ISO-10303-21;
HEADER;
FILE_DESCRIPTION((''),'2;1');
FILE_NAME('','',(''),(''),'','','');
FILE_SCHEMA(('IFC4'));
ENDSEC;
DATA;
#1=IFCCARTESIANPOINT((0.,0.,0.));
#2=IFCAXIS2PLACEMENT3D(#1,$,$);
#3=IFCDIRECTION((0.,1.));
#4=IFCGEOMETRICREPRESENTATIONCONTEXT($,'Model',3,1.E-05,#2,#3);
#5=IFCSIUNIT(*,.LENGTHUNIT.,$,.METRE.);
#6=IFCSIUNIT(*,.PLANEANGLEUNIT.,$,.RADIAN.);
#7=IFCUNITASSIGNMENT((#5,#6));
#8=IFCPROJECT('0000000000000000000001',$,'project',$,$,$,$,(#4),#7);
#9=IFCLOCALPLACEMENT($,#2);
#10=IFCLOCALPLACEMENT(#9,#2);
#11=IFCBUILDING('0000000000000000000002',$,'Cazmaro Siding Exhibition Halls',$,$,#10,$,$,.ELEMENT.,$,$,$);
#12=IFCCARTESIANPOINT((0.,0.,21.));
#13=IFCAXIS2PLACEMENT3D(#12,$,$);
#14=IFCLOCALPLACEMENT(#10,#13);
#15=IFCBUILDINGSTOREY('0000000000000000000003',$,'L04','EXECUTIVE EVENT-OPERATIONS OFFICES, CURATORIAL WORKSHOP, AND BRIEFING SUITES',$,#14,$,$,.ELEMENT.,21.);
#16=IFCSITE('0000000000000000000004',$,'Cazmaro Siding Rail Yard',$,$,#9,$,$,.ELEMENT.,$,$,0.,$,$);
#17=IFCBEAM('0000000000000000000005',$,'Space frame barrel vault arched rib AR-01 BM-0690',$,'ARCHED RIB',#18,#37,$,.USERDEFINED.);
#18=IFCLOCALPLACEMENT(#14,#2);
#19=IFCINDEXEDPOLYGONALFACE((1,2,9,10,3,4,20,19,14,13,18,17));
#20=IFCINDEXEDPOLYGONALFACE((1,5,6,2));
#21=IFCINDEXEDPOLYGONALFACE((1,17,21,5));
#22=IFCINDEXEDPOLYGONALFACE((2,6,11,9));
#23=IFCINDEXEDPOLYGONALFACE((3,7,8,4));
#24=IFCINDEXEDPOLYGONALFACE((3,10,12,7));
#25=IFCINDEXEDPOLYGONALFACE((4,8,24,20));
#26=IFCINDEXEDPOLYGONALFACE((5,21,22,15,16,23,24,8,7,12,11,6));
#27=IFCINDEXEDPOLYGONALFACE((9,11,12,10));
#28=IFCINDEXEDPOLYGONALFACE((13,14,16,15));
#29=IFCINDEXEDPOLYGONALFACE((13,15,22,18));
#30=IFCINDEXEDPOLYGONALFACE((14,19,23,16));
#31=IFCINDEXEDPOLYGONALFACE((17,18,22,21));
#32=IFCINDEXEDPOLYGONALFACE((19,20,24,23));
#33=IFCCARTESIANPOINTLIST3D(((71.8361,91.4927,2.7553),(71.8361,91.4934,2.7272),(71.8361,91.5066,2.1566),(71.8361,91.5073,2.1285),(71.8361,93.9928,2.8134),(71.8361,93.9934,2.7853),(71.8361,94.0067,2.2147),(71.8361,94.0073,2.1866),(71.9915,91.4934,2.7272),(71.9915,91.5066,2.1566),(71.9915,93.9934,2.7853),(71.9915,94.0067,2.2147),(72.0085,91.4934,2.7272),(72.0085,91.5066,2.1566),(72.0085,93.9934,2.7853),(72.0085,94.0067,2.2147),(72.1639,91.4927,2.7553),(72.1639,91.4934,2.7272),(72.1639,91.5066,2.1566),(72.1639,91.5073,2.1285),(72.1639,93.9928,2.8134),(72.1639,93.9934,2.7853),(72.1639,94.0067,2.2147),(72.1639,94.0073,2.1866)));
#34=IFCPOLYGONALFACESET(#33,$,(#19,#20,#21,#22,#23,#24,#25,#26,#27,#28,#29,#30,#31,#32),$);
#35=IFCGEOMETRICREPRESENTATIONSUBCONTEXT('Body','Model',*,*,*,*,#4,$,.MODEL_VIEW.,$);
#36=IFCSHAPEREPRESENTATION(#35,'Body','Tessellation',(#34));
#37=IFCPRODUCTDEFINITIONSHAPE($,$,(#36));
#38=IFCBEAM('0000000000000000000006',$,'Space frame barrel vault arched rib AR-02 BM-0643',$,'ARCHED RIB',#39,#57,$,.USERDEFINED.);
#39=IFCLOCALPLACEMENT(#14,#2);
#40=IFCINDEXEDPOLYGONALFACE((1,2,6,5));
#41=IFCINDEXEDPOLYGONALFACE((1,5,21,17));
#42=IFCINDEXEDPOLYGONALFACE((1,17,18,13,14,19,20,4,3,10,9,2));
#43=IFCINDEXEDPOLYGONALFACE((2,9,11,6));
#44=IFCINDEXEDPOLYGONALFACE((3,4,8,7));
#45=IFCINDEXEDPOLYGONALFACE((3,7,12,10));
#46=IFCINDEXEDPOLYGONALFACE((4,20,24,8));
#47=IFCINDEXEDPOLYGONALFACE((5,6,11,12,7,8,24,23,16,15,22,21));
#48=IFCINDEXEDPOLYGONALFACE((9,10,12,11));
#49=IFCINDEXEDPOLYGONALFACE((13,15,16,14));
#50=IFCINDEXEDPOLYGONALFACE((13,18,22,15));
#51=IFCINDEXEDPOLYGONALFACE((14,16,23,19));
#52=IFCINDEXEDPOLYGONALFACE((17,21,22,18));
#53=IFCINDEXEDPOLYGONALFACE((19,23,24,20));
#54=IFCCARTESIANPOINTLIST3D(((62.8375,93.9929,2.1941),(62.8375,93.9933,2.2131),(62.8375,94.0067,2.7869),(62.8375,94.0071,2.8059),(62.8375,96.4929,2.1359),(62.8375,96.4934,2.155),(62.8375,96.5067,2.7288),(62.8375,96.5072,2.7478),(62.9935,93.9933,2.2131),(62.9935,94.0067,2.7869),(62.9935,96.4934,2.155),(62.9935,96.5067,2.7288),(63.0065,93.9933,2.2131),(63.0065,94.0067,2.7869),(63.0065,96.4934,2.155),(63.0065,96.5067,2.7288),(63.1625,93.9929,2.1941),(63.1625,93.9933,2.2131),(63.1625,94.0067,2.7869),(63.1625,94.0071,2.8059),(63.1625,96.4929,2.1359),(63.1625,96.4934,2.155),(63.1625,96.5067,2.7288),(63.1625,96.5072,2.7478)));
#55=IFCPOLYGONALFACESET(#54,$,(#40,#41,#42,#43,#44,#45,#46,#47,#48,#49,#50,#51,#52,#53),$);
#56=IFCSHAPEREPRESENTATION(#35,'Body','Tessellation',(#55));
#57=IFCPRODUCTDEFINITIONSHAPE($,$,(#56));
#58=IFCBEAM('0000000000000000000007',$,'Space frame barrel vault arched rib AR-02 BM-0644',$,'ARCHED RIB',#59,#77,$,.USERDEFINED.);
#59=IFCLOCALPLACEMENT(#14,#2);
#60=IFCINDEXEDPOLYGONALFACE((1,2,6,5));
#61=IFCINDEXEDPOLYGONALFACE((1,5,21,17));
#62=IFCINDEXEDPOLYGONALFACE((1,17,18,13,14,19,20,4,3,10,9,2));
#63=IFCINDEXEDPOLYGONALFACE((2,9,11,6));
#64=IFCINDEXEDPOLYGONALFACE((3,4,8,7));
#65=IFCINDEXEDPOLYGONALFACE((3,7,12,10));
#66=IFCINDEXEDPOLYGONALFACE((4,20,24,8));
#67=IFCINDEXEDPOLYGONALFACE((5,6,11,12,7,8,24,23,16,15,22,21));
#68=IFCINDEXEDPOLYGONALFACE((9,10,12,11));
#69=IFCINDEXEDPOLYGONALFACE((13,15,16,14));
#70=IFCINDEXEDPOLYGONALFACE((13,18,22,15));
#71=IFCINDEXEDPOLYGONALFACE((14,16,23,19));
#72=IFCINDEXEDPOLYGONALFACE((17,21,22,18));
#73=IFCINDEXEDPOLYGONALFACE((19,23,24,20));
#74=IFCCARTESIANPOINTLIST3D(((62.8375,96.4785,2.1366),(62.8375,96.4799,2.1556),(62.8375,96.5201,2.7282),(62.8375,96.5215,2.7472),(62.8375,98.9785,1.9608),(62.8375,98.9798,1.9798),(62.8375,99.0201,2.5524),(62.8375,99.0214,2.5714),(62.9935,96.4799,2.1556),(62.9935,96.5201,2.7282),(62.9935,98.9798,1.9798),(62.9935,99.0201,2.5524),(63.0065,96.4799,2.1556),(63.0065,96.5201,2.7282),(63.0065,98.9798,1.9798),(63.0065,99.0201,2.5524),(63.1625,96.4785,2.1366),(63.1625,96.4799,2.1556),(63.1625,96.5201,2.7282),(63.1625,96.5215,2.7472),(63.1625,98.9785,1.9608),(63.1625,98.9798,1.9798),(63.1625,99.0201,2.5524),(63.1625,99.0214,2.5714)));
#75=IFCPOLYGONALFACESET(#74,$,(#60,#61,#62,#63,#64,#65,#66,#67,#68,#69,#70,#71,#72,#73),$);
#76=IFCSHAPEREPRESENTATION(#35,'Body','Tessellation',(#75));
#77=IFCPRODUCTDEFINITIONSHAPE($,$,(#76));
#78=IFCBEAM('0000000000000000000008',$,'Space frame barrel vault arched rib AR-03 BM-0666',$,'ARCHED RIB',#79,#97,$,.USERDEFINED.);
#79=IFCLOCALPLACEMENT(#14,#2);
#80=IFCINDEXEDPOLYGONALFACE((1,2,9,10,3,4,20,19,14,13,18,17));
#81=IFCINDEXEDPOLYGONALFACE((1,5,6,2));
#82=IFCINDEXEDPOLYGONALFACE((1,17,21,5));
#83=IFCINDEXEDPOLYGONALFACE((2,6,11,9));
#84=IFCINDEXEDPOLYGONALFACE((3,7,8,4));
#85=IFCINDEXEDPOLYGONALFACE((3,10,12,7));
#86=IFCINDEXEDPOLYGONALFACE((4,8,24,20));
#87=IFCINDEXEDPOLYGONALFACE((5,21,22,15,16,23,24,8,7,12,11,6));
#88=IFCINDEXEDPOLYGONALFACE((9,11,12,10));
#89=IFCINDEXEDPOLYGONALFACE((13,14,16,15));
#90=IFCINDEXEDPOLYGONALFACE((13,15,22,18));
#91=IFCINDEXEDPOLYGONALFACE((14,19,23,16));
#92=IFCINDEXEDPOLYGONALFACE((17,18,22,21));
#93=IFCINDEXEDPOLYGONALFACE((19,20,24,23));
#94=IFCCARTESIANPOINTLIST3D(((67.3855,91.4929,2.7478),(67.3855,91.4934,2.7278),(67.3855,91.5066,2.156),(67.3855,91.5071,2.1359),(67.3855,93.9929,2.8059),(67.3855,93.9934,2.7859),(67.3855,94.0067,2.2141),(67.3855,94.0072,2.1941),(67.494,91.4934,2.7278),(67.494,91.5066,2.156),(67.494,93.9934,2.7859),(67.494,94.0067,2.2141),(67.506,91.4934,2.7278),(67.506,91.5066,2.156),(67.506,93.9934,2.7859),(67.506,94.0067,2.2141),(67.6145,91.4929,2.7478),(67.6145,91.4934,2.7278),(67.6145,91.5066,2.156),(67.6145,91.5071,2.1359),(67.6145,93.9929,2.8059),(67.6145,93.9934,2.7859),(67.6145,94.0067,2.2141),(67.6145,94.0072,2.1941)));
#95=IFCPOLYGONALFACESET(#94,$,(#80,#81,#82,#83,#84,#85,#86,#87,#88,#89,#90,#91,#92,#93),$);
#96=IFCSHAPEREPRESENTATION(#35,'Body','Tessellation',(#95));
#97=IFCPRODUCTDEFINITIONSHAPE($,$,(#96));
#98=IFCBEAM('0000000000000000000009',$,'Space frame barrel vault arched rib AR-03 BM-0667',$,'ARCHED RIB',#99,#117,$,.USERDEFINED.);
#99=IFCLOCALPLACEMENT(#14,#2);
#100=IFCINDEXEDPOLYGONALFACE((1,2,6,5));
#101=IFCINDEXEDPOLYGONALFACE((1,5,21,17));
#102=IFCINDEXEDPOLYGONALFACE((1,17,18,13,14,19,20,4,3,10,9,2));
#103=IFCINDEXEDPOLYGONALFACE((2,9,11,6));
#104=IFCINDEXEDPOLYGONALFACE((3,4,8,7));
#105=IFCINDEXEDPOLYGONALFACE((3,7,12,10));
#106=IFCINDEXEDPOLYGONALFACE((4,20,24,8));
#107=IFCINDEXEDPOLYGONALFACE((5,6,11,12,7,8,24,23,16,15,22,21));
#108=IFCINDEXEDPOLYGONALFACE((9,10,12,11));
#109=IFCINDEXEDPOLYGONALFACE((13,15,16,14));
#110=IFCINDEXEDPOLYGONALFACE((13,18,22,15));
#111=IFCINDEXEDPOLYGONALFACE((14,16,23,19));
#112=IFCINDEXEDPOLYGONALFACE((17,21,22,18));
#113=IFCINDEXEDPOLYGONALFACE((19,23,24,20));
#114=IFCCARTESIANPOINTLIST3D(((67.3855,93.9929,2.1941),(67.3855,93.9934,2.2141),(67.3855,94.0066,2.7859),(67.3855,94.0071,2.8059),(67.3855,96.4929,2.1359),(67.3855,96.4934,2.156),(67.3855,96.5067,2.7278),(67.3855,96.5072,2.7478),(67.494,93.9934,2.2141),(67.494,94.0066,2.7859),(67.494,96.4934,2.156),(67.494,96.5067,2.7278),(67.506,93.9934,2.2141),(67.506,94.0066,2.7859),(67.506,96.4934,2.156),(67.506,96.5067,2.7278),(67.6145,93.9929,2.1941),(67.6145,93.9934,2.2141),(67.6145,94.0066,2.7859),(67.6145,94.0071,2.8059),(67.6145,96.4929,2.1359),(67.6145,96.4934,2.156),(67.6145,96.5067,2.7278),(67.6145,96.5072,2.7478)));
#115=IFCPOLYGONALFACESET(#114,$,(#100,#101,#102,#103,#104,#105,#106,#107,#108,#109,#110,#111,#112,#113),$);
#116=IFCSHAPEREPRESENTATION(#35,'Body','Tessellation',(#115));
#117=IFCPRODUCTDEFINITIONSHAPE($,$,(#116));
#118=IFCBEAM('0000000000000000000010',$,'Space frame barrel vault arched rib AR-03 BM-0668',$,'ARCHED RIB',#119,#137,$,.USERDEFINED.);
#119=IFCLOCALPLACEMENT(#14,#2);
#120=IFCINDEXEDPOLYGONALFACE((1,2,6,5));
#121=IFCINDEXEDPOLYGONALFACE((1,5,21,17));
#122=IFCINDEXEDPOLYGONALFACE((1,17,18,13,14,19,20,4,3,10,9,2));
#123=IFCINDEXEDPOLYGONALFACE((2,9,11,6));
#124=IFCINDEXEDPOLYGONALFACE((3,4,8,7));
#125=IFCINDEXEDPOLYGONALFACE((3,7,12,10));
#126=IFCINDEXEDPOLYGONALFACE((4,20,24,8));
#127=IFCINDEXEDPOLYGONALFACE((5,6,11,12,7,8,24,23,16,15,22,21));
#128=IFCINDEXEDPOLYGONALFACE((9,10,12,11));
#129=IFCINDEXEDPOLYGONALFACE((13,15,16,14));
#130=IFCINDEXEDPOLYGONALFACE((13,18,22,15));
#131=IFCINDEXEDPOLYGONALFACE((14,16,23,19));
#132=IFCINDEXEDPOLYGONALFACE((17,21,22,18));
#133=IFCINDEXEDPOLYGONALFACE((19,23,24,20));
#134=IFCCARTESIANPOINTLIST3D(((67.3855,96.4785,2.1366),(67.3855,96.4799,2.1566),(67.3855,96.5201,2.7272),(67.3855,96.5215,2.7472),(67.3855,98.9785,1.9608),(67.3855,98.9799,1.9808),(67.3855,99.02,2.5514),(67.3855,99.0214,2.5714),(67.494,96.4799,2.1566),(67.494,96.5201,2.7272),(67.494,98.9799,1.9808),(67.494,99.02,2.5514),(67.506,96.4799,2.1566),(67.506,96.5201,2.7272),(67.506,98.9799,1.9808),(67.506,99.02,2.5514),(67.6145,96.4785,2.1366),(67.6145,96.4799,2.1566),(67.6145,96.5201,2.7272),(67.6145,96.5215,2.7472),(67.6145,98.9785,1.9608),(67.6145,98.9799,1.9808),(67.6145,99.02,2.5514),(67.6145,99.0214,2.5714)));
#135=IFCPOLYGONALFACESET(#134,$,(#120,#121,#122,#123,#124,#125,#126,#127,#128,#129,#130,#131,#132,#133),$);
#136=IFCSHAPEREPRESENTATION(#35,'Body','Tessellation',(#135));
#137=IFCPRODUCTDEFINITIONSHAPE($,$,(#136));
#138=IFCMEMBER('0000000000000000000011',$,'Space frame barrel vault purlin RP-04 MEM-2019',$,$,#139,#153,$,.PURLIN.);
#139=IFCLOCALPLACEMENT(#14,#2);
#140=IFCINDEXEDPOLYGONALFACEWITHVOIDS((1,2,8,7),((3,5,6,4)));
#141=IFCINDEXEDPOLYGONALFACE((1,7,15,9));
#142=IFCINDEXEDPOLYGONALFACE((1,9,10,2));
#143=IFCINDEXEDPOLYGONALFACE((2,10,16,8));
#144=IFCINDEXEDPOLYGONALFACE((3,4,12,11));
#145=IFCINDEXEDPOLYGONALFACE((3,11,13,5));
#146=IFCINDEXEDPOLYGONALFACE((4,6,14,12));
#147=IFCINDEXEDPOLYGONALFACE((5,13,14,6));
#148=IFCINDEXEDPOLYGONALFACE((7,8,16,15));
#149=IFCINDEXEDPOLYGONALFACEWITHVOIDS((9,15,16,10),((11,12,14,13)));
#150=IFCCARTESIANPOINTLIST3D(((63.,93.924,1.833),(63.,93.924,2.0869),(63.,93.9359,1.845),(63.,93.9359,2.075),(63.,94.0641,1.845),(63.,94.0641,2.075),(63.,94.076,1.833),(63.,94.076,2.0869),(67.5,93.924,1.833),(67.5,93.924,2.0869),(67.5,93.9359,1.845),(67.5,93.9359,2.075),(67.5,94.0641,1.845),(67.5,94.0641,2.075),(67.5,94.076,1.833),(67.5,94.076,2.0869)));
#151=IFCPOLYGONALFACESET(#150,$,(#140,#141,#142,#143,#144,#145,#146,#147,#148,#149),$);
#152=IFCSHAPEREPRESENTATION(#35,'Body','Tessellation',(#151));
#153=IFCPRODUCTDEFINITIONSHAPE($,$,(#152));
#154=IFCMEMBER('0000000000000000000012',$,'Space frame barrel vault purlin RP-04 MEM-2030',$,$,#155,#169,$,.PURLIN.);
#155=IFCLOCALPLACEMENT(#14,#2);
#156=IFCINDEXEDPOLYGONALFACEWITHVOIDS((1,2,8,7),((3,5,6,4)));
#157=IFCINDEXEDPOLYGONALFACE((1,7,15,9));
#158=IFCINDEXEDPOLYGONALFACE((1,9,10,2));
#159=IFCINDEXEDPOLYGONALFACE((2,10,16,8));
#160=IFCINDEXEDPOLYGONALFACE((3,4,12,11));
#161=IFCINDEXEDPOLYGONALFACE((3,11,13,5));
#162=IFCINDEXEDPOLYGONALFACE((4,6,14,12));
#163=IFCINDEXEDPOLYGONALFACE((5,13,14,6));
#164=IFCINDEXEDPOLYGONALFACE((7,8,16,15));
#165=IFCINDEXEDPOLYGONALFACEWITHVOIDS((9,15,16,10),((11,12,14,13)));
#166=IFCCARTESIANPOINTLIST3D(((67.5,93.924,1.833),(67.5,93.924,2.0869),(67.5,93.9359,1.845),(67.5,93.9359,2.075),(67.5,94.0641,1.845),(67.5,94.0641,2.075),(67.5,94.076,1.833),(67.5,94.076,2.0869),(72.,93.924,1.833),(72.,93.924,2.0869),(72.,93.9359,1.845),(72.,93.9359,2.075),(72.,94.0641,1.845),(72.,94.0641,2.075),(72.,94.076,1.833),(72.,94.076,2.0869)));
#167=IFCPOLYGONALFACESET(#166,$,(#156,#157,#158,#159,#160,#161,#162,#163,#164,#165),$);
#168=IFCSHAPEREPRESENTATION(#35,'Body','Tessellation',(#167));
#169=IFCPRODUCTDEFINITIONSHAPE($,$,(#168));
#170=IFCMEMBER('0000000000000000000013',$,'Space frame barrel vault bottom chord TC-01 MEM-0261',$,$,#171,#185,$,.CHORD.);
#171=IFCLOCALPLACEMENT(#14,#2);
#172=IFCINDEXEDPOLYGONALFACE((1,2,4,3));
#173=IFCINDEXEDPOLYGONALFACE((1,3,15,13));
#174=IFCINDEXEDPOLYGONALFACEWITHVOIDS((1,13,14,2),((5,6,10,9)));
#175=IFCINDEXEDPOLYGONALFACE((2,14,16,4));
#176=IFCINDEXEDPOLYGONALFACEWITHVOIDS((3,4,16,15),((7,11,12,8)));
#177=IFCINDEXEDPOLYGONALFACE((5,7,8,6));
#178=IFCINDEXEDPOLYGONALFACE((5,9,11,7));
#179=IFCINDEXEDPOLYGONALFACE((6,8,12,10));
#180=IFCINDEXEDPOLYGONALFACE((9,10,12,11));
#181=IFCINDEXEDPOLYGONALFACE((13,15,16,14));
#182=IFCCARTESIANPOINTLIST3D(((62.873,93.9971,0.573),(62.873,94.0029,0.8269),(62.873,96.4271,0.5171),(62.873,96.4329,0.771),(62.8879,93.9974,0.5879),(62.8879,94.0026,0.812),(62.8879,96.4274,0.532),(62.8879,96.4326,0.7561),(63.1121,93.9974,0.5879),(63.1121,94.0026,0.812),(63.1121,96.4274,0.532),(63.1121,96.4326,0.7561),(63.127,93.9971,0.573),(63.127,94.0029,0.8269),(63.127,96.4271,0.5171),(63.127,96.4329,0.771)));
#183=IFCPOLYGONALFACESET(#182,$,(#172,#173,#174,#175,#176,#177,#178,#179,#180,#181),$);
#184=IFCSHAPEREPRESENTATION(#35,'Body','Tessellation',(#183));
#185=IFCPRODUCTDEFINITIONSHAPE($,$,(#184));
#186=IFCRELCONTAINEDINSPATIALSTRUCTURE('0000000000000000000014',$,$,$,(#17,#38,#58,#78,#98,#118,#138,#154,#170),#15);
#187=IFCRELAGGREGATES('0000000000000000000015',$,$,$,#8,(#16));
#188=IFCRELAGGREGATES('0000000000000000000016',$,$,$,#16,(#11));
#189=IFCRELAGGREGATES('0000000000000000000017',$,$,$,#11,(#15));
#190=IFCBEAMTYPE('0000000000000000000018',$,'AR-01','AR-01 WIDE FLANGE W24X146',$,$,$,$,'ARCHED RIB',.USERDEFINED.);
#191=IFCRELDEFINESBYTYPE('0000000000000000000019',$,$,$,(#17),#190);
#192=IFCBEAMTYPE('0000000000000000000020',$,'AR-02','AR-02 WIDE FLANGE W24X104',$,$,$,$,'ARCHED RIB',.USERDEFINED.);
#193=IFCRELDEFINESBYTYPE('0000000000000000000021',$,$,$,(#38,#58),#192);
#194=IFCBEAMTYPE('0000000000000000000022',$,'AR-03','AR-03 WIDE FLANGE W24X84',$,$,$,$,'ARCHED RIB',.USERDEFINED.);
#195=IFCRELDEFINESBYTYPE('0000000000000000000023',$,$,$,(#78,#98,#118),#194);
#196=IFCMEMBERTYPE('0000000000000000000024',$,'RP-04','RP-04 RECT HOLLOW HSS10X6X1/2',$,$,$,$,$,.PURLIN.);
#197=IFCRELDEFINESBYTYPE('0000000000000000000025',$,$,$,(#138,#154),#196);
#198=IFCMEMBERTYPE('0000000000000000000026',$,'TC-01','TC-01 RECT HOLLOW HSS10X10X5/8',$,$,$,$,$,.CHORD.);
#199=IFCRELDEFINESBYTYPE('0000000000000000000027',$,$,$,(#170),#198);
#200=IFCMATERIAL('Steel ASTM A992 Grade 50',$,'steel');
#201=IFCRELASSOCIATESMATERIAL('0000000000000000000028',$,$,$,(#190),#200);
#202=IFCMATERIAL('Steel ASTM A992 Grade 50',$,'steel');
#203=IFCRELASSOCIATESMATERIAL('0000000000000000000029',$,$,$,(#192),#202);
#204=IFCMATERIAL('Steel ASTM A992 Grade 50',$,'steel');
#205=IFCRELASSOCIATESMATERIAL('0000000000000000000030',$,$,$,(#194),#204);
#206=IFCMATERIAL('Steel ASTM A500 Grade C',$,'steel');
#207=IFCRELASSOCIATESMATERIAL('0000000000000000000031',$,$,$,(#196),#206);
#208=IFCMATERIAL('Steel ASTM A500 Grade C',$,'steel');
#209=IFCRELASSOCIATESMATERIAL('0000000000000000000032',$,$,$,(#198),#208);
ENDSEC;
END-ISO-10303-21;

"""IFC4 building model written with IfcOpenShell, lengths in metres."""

from ifc_helpers import new_model, si_unit, direction, frame, origin, origin_2d, place, context, subcontext, project, spatial, hollow_rectangle, i_section, extrude, material, material_profile, profile_set, type_object, element, save


model = new_model("IFC4")

# Units and contexts
model_context = context("Model", 3, precision=1e-05, world=origin(), true_north=direction((0.0, 1.0)))
body_context = subcontext(model_context, "Body", "Model", "MODEL_VIEW")
ifc_project = project(units=[si_unit("LENGTHUNIT", "METRE"), si_unit("PLANEANGLEUNIT", "RADIAN")], contexts=[model_context])

# Site, building, storey
site_placement = place(None, origin())
site = spatial("IfcSite", under=ifc_project, at=site_placement, Name="Cazmaro Siding Rail Yard", CompositionType="ELEMENT", RefElevation=0.0)
building_placement = place(site_placement, origin())
building = spatial("IfcBuilding", under=site, at=building_placement, Name="Cazmaro Siding Exhibition Halls", CompositionType="ELEMENT")
storey_placement = place(building_placement, frame((0.0, 0.0, 21.0)))
storey = spatial("IfcBuildingStorey", under=building, at=storey_placement, Name="L04", Description="EXECUTIVE EVENT-OPERATIONS OFFICES, CURATORIAL WORKSHOP, AND BRIEFING SUITES", CompositionType="ELEMENT", Elevation=21.0)

# Beams
ifc_material_1 = material(Name="Steel ASTM A992 Grade 50", Category="steel")
ifc_material_profile_1 = material_profile(ifc_material_1, i_section(OverallWidth=0.3279, OverallDepth=0.627, WebThickness=0.0171, FlangeThickness=0.0281, at=origin_2d()), Name="W24X146")
ifc_profile_set_1 = profile_set([ifc_material_profile_1], Name="Steel ASTM A992 Grade 50")
beam_type_1 = type_object("IfcBeamType", Name="AR-01", Description="AR-01 WIDE FLANGE W24X146", ElementType="ARCHED RIB", PredefinedType="USERDEFINED", material=ifc_profile_set_1)
beam_1_placement = place(storey_placement, frame((72.0, 91.5, 2.4419), z_axis=(0.0, 0.99973, 0.023236), x_axis=(-1.0, 0.0, 0.0)))
element("IfcBeam", 1, at=beam_1_placement, inside=storey, type_object=beam_type_1, Name="Space frame barrel vault arched rib AR-01 BM-0690", ObjectType="ARCHED RIB", PredefinedType="USERDEFINED", context=body_context, shape_type="SweptSolid", body=[
    extrude(i_section(OverallWidth=0.3279, OverallDepth=0.627, WebThickness=0.0171, FlangeThickness=0.0281, at=origin_2d()), origin(), (0.0, 0.0, 1.0), 2.5007),
])
ifc_material_2 = material(Name="Steel ASTM A992 Grade 50", Category="steel")
ifc_material_profile_2 = material_profile(ifc_material_2, i_section(OverallWidth=0.325, OverallDepth=0.6121, WebThickness=0.0129, FlangeThickness=0.019, at=origin_2d()), Name="W24X104")
ifc_profile_set_2 = profile_set([ifc_material_profile_2], Name="Steel ASTM A992 Grade 50")
beam_type_2 = type_object("IfcBeamType", Name="AR-02", Description="AR-02 WIDE FLANGE W24X104", ElementType="ARCHED RIB", PredefinedType="USERDEFINED", material=ifc_profile_set_2)
beam_2_placement = place(storey_placement, frame((63.0, 94.0, 2.5), z_axis=(0.0, 0.99973, -0.023236), x_axis=(-1.0, 0.0, 0.0)))
element("IfcBeam", 2, at=beam_2_placement, inside=storey, type_object=beam_type_2, Name="Space frame barrel vault arched rib AR-02 BM-0643", ObjectType="ARCHED RIB", PredefinedType="USERDEFINED", context=body_context, shape_type="SweptSolid", body=[
    extrude(i_section(OverallWidth=0.325, OverallDepth=0.6121, WebThickness=0.0129, FlangeThickness=0.019, at=origin_2d()), origin(), (0.0, 0.0, 1.0), 2.5007),
])
beam_3_placement = place(storey_placement, frame((63.0, 96.5, 2.4419), z_axis=(0.0, 0.997537, -0.070139), x_axis=(-1.0, 0.0, 0.0)))
element("IfcBeam", 3, at=beam_3_placement, inside=storey, type_object=beam_type_2, Name="Space frame barrel vault arched rib AR-02 BM-0644", ObjectType="ARCHED RIB", PredefinedType="USERDEFINED", context=body_context, shape_type="SweptSolid", body=[
    extrude(i_section(OverallWidth=0.325, OverallDepth=0.6121, WebThickness=0.0129, FlangeThickness=0.019, at=origin_2d()), origin(), (0.0, 0.0, 1.0), 2.5061),
])
ifc_material_3 = material(Name="Steel ASTM A992 Grade 50", Category="steel")
ifc_material_profile_3 = material_profile(ifc_material_3, i_section(OverallWidth=0.229, OverallDepth=0.6121, WebThickness=0.012, FlangeThickness=0.02, at=origin_2d()), Name="W24X84")
ifc_profile_set_3 = profile_set([ifc_material_profile_3], Name="Steel ASTM A992 Grade 50")
beam_type_3 = type_object("IfcBeamType", Name="AR-03", Description="AR-03 WIDE FLANGE W24X84", ElementType="ARCHED RIB", PredefinedType="USERDEFINED", material=ifc_profile_set_3)
for number, where, z_axis, x_axis, name in (
    (4, (67.5, 91.5, 2.4419), (0.0, 0.99973, 0.023236), (-1.0, 0.0, 0.0), "Space frame barrel vault arched rib AR-03 BM-0666"),
    (5, (67.5, 94.0, 2.5), (0.0, 0.99973, -0.023236), (-1.0, 0.0, 0.0), "Space frame barrel vault arched rib AR-03 BM-0667"),
):
    element("IfcBeam", number, at=place(storey_placement, frame(where, z_axis=z_axis, x_axis=x_axis)), inside=storey, type_object=beam_type_3, Name=name, ObjectType="ARCHED RIB", PredefinedType="USERDEFINED", context=body_context, shape_type="SweptSolid", body=[
        extrude(i_section(OverallWidth=0.229, OverallDepth=0.6121, WebThickness=0.012, FlangeThickness=0.02, at=origin_2d()), origin(), (0.0, 0.0, 1.0), 2.5007),
    ])
beam_4_placement = place(storey_placement, frame((67.5, 96.5, 2.4419), z_axis=(0.0, 0.997537, -0.070139), x_axis=(-1.0, 0.0, 0.0)))
element("IfcBeam", 6, at=beam_4_placement, inside=storey, type_object=beam_type_3, Name="Space frame barrel vault arched rib AR-03 BM-0668", ObjectType="ARCHED RIB", PredefinedType="USERDEFINED", context=body_context, shape_type="SweptSolid", body=[
    extrude(i_section(OverallWidth=0.229, OverallDepth=0.6121, WebThickness=0.012, FlangeThickness=0.02, at=origin_2d()), origin(), (0.0, 0.0, 1.0), 2.5061),
])

# Members
ifc_material_4 = material(Name="Steel ASTM A500 Grade C", Category="steel")
ifc_material_profile_4 = material_profile(ifc_material_4, hollow_rectangle(XDim=0.1521, YDim=0.2539, WallThickness=0.012, at=origin_2d()), Name="HSS10X6X1/2")
ifc_profile_set_4 = profile_set([ifc_material_profile_4], Name="Steel ASTM A500 Grade C")
member_type_1 = type_object("IfcMemberType", Name="RP-04", Description="RP-04 RECT HOLLOW HSS10X6X1/2", PredefinedType="PURLIN", material=ifc_profile_set_4)
for number, where, z_axis, x_axis, name in (
    (7, (63.0, 94.0, 1.96), (1.0, 0.0, 0.0), (0.0, 1.0, 0.0), "Space frame barrel vault purlin RP-04 MEM-2019"),
    (8, (67.5, 94.0, 1.96), (1.0, 0.0, 0.0), (0.0, 1.0, 0.0), "Space frame barrel vault purlin RP-04 MEM-2030"),
):
    element("IfcMember", number, at=place(storey_placement, frame(where, z_axis=z_axis, x_axis=x_axis)), inside=storey, type_object=member_type_1, Name=name, PredefinedType="PURLIN", context=body_context, shape_type="SweptSolid", body=[
        extrude(hollow_rectangle(XDim=0.1521, YDim=0.2539, WallThickness=0.012, at=origin_2d()), origin(), (0.0, 0.0, 1.0), 4.5),
    ])
ifc_material_5 = material(Name="Steel ASTM A500 Grade C", Category="steel")
ifc_material_profile_5 = material_profile(ifc_material_5, hollow_rectangle(XDim=0.2539, YDim=0.2539, WallThickness=0.0149, at=origin_2d()), Name="HSS10X10X5/8")
ifc_profile_set_5 = profile_set([ifc_material_profile_5], Name="Steel ASTM A500 Grade C")
member_type_2 = type_object("IfcMemberType", Name="TC-01", Description="TC-01 RECT HOLLOW HSS10X10X5/8", PredefinedType="CHORD", material=ifc_profile_set_5)
member_1_placement = place(storey_placement, frame((63.0, 94.0, 0.7), z_axis=(0.0, 0.999735, -0.023002), x_axis=(-1.0, 0.0, 0.0)))
element("IfcMember", 9, at=member_1_placement, inside=storey, type_object=member_type_2, Name="Space frame barrel vault bottom chord TC-01 MEM-0261", PredefinedType="CHORD", context=body_context, shape_type="SweptSolid", body=[
    extrude(hollow_rectangle(XDim=0.2539, YDim=0.2539, WallThickness=0.0149, at=origin_2d()), origin(), (0.0, 0.0, 1.0), 2.4307),
])

save(model, "model.ifc")
